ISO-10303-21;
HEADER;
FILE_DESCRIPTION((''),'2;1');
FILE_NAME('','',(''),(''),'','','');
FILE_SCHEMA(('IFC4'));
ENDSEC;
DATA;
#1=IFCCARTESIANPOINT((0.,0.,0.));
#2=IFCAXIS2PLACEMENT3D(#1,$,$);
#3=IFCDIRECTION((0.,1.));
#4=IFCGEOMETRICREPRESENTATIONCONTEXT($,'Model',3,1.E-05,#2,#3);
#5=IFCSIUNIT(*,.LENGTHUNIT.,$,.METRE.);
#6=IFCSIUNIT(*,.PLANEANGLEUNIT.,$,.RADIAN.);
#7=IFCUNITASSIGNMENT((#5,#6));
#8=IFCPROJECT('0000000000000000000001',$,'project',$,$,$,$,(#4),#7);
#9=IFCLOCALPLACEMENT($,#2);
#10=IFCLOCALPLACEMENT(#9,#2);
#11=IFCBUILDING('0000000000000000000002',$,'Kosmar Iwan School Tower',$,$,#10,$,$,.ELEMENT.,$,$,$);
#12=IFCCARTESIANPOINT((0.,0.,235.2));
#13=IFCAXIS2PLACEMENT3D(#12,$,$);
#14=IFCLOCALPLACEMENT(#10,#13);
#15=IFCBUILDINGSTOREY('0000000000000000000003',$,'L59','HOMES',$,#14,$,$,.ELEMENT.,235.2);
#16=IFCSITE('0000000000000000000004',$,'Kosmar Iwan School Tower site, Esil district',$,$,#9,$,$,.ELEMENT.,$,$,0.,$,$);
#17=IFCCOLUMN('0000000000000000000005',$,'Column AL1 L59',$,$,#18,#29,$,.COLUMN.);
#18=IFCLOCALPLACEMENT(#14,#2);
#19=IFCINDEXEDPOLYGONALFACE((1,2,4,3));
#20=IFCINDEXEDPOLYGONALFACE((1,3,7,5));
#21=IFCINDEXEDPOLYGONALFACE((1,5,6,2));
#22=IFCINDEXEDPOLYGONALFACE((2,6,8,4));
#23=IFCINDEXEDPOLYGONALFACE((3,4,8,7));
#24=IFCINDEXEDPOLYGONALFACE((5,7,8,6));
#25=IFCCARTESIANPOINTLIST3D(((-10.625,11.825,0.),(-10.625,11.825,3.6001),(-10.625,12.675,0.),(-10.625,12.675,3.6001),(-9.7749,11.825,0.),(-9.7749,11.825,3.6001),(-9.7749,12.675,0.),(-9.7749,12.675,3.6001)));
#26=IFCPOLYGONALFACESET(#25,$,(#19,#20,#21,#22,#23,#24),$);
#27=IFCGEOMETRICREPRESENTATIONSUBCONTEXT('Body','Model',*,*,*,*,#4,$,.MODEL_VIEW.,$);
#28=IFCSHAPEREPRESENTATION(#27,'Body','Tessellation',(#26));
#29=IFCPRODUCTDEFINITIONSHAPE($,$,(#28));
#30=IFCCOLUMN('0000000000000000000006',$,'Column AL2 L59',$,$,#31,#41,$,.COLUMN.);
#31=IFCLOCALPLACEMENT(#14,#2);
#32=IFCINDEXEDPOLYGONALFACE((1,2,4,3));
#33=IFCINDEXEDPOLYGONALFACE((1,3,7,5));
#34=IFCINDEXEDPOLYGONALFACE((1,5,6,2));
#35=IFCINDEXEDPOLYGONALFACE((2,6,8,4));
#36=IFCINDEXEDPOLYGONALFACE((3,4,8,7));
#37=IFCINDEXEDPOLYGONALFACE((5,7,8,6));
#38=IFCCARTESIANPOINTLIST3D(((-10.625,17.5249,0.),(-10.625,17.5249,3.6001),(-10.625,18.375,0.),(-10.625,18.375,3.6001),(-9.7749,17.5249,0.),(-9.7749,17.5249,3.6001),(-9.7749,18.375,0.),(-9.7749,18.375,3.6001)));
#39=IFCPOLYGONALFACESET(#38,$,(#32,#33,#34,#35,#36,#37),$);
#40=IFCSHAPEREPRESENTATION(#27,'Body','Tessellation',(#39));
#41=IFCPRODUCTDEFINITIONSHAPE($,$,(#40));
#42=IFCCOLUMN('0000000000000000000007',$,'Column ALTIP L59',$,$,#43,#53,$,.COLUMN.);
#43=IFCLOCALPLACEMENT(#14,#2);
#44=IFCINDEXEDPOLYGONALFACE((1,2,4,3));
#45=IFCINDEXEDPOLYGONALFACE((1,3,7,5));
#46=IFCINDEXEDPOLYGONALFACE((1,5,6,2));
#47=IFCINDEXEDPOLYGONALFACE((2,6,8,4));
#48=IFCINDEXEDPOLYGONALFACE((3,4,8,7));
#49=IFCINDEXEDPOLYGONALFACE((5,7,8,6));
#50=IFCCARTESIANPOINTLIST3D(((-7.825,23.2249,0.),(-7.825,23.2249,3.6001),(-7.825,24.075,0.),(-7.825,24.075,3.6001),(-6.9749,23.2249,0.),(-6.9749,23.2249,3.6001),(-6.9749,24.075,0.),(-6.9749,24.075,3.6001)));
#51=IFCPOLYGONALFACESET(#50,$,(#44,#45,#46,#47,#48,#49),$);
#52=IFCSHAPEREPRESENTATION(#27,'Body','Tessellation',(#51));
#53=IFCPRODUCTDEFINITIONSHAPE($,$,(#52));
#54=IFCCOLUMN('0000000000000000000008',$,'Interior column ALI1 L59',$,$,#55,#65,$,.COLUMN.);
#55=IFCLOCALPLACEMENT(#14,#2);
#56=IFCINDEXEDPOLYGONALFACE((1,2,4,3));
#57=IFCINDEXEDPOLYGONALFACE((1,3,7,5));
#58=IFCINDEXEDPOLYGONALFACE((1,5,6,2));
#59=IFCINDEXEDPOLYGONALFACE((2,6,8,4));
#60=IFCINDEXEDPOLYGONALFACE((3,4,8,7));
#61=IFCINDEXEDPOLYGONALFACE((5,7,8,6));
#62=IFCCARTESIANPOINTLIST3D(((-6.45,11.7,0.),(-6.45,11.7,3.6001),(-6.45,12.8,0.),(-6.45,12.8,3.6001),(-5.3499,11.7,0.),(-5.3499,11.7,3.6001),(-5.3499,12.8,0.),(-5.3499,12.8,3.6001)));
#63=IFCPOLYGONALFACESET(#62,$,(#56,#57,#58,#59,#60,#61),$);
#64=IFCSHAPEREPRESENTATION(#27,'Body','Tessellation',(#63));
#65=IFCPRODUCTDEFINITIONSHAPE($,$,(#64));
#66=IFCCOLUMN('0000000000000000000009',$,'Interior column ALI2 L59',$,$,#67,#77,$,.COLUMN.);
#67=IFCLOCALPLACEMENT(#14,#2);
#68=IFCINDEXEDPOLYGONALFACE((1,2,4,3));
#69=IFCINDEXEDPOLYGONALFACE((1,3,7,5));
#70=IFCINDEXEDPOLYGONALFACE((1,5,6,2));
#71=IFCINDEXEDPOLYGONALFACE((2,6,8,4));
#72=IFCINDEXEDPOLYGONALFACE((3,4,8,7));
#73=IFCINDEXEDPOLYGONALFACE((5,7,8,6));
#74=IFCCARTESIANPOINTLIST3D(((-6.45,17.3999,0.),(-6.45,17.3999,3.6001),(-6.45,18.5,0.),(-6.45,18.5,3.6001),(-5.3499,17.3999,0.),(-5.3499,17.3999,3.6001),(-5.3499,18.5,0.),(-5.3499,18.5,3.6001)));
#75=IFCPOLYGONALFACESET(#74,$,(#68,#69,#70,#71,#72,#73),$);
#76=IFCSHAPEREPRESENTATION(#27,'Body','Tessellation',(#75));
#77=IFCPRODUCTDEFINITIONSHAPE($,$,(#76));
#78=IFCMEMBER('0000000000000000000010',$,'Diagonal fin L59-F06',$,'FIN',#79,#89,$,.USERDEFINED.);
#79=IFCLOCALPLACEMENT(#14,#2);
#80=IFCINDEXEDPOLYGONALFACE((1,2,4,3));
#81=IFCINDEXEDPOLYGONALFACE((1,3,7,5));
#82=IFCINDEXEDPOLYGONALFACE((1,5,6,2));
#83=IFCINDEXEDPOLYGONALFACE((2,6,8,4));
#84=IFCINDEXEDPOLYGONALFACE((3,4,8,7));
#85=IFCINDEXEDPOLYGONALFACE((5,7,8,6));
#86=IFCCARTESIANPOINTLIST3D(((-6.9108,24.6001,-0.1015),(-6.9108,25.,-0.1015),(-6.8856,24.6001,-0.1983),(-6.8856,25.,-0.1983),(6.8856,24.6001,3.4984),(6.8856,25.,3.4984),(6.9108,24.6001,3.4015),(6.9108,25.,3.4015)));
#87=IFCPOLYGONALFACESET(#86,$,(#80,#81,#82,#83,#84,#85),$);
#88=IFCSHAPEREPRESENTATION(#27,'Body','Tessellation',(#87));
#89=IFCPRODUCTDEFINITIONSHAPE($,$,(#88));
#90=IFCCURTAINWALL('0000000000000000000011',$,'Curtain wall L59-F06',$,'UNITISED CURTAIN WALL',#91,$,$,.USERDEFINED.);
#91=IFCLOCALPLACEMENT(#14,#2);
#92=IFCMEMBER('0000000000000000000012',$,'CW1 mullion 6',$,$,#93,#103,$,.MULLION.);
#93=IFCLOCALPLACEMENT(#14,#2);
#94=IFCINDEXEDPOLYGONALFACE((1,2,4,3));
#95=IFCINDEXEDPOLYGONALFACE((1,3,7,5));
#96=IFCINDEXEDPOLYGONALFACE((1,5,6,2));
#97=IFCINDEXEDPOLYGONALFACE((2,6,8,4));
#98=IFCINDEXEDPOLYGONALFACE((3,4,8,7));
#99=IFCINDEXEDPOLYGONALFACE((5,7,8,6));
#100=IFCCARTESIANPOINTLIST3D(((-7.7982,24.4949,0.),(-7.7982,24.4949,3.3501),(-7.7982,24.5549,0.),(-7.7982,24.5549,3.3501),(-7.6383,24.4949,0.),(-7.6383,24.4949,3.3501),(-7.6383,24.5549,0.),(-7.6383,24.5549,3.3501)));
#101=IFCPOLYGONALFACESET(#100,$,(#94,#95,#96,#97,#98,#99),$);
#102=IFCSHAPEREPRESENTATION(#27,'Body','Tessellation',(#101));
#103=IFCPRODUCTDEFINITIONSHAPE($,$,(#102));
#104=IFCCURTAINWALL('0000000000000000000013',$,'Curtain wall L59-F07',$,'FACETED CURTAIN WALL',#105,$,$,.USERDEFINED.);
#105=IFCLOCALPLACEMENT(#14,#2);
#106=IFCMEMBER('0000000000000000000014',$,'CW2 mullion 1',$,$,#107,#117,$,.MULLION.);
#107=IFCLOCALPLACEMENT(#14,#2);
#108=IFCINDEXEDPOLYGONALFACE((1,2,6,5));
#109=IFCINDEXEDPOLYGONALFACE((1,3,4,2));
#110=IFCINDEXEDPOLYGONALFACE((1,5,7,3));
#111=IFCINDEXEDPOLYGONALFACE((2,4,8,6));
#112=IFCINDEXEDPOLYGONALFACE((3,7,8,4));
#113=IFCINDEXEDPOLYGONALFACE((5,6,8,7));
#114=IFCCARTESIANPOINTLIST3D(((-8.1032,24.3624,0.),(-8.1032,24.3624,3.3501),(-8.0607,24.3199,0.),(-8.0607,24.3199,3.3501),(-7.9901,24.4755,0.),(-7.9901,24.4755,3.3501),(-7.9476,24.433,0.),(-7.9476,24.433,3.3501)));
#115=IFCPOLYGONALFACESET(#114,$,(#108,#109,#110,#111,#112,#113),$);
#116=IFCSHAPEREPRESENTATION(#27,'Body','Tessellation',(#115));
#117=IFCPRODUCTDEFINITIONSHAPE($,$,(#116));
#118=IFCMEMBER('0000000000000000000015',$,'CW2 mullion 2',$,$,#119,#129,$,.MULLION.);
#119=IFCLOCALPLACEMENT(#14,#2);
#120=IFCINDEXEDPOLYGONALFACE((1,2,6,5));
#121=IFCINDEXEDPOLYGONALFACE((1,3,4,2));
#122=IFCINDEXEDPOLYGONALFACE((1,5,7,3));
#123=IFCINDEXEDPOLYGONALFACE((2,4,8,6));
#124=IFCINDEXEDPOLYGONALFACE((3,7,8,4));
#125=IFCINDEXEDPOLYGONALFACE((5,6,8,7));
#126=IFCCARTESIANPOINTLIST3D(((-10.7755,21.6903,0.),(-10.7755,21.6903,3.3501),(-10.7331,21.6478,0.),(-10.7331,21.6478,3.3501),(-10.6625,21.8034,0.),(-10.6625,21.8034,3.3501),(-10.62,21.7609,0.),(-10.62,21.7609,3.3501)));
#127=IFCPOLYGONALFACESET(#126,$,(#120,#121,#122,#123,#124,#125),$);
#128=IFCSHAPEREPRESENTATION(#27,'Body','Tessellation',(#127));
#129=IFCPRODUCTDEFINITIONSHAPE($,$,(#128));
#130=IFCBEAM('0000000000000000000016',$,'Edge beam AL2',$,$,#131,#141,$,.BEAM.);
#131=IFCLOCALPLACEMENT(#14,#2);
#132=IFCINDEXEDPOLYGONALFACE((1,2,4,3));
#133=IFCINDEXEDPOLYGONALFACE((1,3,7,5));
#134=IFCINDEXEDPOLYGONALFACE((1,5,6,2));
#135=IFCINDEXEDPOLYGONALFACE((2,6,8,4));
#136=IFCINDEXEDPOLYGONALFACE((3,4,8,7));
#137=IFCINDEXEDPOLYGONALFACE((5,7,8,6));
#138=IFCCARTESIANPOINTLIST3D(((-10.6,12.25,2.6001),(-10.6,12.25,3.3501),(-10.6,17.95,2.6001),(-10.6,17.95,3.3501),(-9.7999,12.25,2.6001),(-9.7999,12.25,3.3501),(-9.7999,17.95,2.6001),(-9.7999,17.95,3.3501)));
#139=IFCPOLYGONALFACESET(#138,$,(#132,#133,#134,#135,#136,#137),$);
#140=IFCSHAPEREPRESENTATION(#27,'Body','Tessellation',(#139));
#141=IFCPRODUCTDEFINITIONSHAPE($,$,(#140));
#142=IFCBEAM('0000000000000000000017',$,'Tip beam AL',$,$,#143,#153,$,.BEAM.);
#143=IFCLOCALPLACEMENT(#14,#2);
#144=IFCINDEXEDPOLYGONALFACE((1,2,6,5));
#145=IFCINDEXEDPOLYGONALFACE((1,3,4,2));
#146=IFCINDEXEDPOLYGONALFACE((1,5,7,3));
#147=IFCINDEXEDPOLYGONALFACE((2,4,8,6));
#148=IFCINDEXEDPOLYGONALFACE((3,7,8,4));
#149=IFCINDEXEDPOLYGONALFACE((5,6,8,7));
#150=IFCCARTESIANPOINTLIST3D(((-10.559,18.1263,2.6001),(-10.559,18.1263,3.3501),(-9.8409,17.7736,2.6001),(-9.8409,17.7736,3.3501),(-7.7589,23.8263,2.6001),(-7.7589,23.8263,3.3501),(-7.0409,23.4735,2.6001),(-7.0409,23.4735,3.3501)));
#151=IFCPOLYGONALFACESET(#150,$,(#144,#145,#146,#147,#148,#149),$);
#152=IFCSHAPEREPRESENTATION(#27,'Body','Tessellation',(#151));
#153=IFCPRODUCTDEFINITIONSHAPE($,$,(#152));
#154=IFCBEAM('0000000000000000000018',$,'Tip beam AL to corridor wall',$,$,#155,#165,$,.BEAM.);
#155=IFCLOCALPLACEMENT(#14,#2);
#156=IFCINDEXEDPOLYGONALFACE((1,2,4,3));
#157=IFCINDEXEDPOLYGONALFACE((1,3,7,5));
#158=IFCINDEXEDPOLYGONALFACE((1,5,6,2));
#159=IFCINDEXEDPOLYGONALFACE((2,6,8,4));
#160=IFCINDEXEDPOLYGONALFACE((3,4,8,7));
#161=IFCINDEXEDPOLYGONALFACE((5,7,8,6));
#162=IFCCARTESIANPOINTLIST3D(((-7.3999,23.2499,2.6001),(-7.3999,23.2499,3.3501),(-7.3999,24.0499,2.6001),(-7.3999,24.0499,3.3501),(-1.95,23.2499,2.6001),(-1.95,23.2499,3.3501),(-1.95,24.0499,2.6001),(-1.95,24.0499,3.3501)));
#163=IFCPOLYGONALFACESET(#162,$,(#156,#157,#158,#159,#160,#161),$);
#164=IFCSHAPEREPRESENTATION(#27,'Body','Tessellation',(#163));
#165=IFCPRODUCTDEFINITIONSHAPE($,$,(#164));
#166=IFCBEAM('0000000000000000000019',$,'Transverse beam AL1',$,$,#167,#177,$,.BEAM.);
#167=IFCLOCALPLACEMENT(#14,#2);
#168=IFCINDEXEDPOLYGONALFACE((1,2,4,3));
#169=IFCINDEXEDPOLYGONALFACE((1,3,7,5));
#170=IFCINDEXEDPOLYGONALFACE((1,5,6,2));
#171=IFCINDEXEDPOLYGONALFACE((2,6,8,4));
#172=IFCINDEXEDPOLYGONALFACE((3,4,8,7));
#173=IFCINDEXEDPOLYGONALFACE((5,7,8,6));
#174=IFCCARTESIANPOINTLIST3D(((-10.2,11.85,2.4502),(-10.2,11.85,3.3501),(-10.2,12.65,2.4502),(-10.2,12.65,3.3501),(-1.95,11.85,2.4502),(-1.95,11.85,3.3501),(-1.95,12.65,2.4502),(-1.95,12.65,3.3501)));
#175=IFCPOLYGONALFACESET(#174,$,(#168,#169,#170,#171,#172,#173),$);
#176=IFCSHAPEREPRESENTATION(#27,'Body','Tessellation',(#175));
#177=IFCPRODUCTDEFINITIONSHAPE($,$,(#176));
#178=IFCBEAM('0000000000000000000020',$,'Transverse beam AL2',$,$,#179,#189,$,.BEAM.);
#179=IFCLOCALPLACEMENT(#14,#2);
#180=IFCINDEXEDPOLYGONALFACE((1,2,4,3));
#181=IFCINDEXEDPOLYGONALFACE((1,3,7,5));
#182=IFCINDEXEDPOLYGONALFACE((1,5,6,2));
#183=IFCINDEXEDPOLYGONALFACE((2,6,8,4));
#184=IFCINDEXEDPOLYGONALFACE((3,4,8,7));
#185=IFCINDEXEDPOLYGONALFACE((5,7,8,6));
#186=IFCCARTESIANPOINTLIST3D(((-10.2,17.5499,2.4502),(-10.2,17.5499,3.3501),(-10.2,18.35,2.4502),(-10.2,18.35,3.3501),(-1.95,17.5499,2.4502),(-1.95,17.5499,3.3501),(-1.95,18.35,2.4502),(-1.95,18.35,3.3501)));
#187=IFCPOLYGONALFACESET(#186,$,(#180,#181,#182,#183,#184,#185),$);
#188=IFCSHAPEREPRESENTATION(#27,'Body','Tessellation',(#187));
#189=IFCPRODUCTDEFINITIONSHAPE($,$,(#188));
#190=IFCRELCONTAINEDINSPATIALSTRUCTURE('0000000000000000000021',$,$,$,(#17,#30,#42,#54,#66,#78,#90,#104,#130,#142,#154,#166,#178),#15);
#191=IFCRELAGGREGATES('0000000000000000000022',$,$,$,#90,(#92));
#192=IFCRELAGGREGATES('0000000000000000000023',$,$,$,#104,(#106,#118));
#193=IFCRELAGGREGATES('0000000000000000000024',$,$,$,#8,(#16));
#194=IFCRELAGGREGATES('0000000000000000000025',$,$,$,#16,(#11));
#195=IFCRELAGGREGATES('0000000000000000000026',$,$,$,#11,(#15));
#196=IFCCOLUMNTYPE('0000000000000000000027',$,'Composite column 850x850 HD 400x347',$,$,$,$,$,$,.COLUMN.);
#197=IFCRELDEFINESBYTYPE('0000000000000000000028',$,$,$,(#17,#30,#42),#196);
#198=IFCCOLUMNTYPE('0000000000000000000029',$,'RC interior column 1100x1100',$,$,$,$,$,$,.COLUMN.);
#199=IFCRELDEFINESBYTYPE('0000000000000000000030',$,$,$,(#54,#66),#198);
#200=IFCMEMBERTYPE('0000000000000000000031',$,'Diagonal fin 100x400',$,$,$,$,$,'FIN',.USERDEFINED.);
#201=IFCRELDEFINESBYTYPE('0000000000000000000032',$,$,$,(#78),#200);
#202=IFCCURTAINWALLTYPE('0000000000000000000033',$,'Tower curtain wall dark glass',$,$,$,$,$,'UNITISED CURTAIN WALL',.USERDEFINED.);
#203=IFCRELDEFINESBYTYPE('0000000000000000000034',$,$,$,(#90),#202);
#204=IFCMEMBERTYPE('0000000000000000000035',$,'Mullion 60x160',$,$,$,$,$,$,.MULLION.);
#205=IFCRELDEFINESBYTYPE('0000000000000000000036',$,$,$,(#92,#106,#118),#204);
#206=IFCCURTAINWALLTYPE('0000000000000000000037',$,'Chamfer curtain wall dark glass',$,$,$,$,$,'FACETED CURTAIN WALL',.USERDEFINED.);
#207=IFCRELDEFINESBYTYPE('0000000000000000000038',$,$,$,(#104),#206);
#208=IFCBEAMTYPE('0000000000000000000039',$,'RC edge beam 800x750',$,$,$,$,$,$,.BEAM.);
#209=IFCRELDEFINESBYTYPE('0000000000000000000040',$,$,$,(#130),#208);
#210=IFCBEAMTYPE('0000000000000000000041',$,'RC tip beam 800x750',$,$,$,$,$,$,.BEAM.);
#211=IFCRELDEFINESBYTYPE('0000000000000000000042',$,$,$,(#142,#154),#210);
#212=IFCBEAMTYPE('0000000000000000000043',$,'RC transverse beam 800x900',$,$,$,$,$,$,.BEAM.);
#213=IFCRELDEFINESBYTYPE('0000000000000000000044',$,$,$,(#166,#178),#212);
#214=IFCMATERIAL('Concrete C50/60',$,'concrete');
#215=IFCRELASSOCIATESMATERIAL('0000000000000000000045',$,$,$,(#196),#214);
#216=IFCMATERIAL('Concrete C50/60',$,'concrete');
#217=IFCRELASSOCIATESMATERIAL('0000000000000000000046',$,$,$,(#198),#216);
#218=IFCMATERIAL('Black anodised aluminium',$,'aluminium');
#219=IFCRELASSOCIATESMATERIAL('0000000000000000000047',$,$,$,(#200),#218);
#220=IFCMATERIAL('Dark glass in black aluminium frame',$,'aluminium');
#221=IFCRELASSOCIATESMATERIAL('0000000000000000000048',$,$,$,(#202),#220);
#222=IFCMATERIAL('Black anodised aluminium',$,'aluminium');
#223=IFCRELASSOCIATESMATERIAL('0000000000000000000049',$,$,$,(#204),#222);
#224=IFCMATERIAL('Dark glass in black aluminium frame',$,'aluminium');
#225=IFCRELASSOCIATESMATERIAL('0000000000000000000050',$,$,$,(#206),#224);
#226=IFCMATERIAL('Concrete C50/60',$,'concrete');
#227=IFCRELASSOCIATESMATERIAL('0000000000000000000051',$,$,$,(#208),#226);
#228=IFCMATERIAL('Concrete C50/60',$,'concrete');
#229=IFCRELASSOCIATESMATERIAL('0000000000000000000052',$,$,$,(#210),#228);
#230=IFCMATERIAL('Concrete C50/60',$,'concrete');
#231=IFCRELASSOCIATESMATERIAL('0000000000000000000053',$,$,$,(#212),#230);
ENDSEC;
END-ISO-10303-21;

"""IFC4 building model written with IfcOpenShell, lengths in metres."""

from ifc_helpers import new_model, si_unit, direction, frame, origin, origin_2d, place, context, subcontext, project, spatial, rectangle, extrude, material, material_profile, profile_set, type_object, element, aggregate, save


model = new_model("IFC4")

# Units and contexts
model_context = context("Model", 3, precision=1e-05, world=origin(), true_north=direction((0.0, 1.0)))
body_context = subcontext(model_context, "Body", "Model", "MODEL_VIEW")
ifc_project = project(units=[si_unit("LENGTHUNIT", "METRE"), si_unit("PLANEANGLEUNIT", "RADIAN")], contexts=[model_context])

# Site, building, storey
site_placement = place(None, origin())
site = spatial("IfcSite", under=ifc_project, at=site_placement, Name="Kosmar Iwan School Tower site, Esil district", CompositionType="ELEMENT", RefElevation=0.0)
building_placement = place(site_placement, origin())
building = spatial("IfcBuilding", under=site, at=building_placement, Name="Kosmar Iwan School Tower", CompositionType="ELEMENT")
storey_placement = place(building_placement, frame((0.0, 0.0, 235.2)))
storey = spatial("IfcBuildingStorey", under=building, at=storey_placement, Name="L59", Description="HOMES", CompositionType="ELEMENT", Elevation=235.2)

# Columns
ifc_material_1 = material(Name="Concrete C50/60", Category="concrete")
ifc_material_profile_1 = material_profile(ifc_material_1, rectangle(XDim=0.8501, YDim=0.8501, at=origin_2d()), Name="RC 850x850 + HD 400x347")
ifc_profile_set_1 = profile_set([ifc_material_profile_1], Name="Concrete C50/60")
column_type_1 = type_object("IfcColumnType", Name="Composite column 850x850 HD 400x347", PredefinedType="COLUMN", material=ifc_profile_set_1)
for number, where, z_axis, x_axis, name in (
    (1, (-10.2, 12.25, 0.0), (0.0, 0.0, 1.0), (0.0, 1.0, 0.0), "Column AL1 L59"),
    (2, (-10.2, 17.95, 0.0), (0.0, 0.0, 1.0), (0.0, 1.0, 0.0), "Column AL2 L59"),
    (3, (-7.3999, 23.6499, 0.0), (0.0, 0.0, 1.0), (0.0, 1.0, 0.0), "Column ALTIP L59"),
):
    element("IfcColumn", number, at=place(storey_placement, frame(where, z_axis=z_axis, x_axis=x_axis)), inside=storey, type_object=column_type_1, Name=name, PredefinedType="COLUMN", context=body_context, shape_type="SweptSolid", body=[
        extrude(rectangle(XDim=0.8501, YDim=0.8501, at=origin_2d()), origin(), (0.0, 0.0, 1.0), 3.6001),
    ])
ifc_material_2 = material(Name="Concrete C50/60", Category="concrete")
ifc_material_profile_2 = material_profile(ifc_material_2, rectangle(XDim=1.1001, YDim=1.1001, at=origin_2d()), Name="RC 1100x1100")
ifc_profile_set_2 = profile_set([ifc_material_profile_2], Name="Concrete C50/60")
column_type_2 = type_object("IfcColumnType", Name="RC interior column 1100x1100", PredefinedType="COLUMN", material=ifc_profile_set_2)
for number, where, z_axis, x_axis, name in (
    (4, (-5.8999, 12.25, 0.0), (0.0, 0.0, 1.0), (0.0, 1.0, 0.0), "Interior column ALI1 L59"),
    (5, (-5.8999, 17.95, 0.0), (0.0, 0.0, 1.0), (0.0, 1.0, 0.0), "Interior column ALI2 L59"),
):
    element("IfcColumn", number, at=place(storey_placement, frame(where, z_axis=z_axis, x_axis=x_axis)), inside=storey, type_object=column_type_2, Name=name, PredefinedType="COLUMN", context=body_context, shape_type="SweptSolid", body=[
        extrude(rectangle(XDim=1.1001, YDim=1.1001, at=origin_2d()), origin(), (0.0, 0.0, 1.0), 3.6001),
    ])

# Member
ifc_material_3 = material(Name="Black anodised aluminium", Category="aluminium")
ifc_material_profile_3 = material_profile(ifc_material_3, rectangle(XDim=0.1001, YDim=0.3999, at=origin_2d()), Name="FIN 100x400")
ifc_profile_set_3 = profile_set([ifc_material_profile_3], Name="Black anodised aluminium")
member_type_1 = type_object("IfcMemberType", Name="Diagonal fin 100x400", ElementType="FIN", PredefinedType="USERDEFINED", material=ifc_profile_set_3)
member_1_placement = place(storey_placement, frame((-6.8982, 24.8, -0.1499), z_axis=(0.967604, 0.0, 0.252474), x_axis=(-0.252474, 0.0, 0.967604)))
element("IfcMember", 6, at=member_1_placement, inside=storey, type_object=member_type_1, Name="Diagonal fin L59-F06", ObjectType="FIN", PredefinedType="USERDEFINED", context=body_context, shape_type="SweptSolid", body=[
    extrude(rectangle(XDim=0.1001, YDim=0.3999, at=origin_2d()), origin(), (0.0, 0.0, 1.0), 14.2583),
])

# Curtain wall, member
ifc_material_4 = material(Name="Dark glass in black aluminium frame", Category="aluminium")
curtain_wall_type_1 = type_object("IfcCurtainWallType", Name="Tower curtain wall dark glass", ElementType="UNITISED CURTAIN WALL", PredefinedType="USERDEFINED", material=ifc_material_4)
curtain_wall_1_placement = place(storey_placement, origin())
curtain_wall_1 = element("IfcCurtainWall", 7, at=curtain_wall_1_placement, inside=storey, type_object=curtain_wall_type_1, Name="Curtain wall L59-F06", ObjectType="UNITISED CURTAIN WALL", PredefinedType="USERDEFINED")
ifc_material_5 = material(Name="Black anodised aluminium", Category="aluminium")
ifc_material_profile_4 = material_profile(ifc_material_5, rectangle(XDim=0.0601, YDim=0.1599, at=origin_2d()), Name="MULLION 60x160")
ifc_profile_set_4 = profile_set([ifc_material_profile_4], Name="Black anodised aluminium")
member_type_2 = type_object("IfcMemberType", Name="Mullion 60x160", PredefinedType="MULLION", material=ifc_profile_set_4)
member_2_placement = place(storey_placement, frame((-7.7183, 24.5249, 0.0), z_axis=(0.0, 0.0, 1.0), x_axis=(0.0, -1.0, 0.0)))
member_2 = element("IfcMember", 8, at=member_2_placement, type_object=member_type_2, Name="CW1 mullion 6", PredefinedType="MULLION", context=body_context, shape_type="SweptSolid", body=[
    extrude(rectangle(XDim=0.0601, YDim=0.1599, at=origin_2d()), origin(), (0.0, 0.0, 1.0), 3.3501),
])

# Curtain wall, members
ifc_material_6 = material(Name="Dark glass in black aluminium frame", Category="aluminium")
curtain_wall_type_2 = type_object("IfcCurtainWallType", Name="Chamfer curtain wall dark glass", ElementType="FACETED CURTAIN WALL", PredefinedType="USERDEFINED", material=ifc_material_6)
curtain_wall_2_placement = place(storey_placement, origin())
curtain_wall_2 = element("IfcCurtainWall", 9, at=curtain_wall_2_placement, inside=storey, type_object=curtain_wall_type_2, Name="Curtain wall L59-F07", ObjectType="FACETED CURTAIN WALL", PredefinedType="USERDEFINED")
member_3_placement = place(storey_placement, frame((-8.0254, 24.3977, 0.0), z_axis=(0.0, 0.0, 1.0), x_axis=(0.707107, -0.707107, 0.0)))
member_3 = element("IfcMember", 10, at=member_3_placement, type_object=member_type_2, Name="CW2 mullion 1", PredefinedType="MULLION", context=body_context, shape_type="SweptSolid", body=[
    extrude(rectangle(XDim=0.0601, YDim=0.1599, at=origin_2d()), origin(), (0.0, 0.0, 1.0), 3.3501),
])
member_4_placement = place(storey_placement, frame((-10.6978, 21.7256, 0.0), z_axis=(0.0, 0.0, 1.0), x_axis=(0.707107, -0.707107, 0.0)))
member_4 = element("IfcMember", 11, at=member_4_placement, type_object=member_type_2, Name="CW2 mullion 2", PredefinedType="MULLION", context=body_context, shape_type="SweptSolid", body=[
    extrude(rectangle(XDim=0.0601, YDim=0.1599, at=origin_2d()), origin(), (0.0, 0.0, 1.0), 3.3501),
])

# Beams
ifc_material_7 = material(Name="Concrete C50/60", Category="concrete")
ifc_material_profile_5 = material_profile(ifc_material_7, rectangle(XDim=0.8, YDim=0.75, at=origin_2d()), Name="RC 800x750")
ifc_profile_set_5 = profile_set([ifc_material_profile_5], Name="Concrete C50/60")
beam_type_1 = type_object("IfcBeamType", Name="RC edge beam 800x750", PredefinedType="BEAM", material=ifc_profile_set_5)
beam_1_placement = place(storey_placement, frame((-10.2, 12.25, 2.9751), z_axis=(0.0, 1.0, 0.0), x_axis=(-1.0, 0.0, 0.0)))
element("IfcBeam", 12, at=beam_1_placement, inside=storey, type_object=beam_type_1, Name="Edge beam AL2", PredefinedType="BEAM", context=body_context, shape_type="SweptSolid", body=[
    extrude(rectangle(XDim=0.8, YDim=0.75, at=origin_2d()), origin(), (0.0, 0.0, 1.0), 5.7),
])
ifc_material_8 = material(Name="Concrete C50/60", Category="concrete")
ifc_material_profile_6 = material_profile(ifc_material_8, rectangle(XDim=0.8, YDim=0.75, at=origin_2d()), Name="RC 800x750")
ifc_profile_set_6 = profile_set([ifc_material_profile_6], Name="Concrete C50/60")
beam_type_2 = type_object("IfcBeamType", Name="RC tip beam 800x750", PredefinedType="BEAM", material=ifc_profile_set_6)
beam_2_placement = place(storey_placement, frame((-10.2, 17.95, 2.9751), z_axis=(0.440913, 0.89755, 0.0), x_axis=(-0.89755, 0.440913, 0.0)))
element("IfcBeam", 13, at=beam_2_placement, inside=storey, type_object=beam_type_2, Name="Tip beam AL", PredefinedType="BEAM", context=body_context, shape_type="SweptSolid", body=[
    extrude(rectangle(XDim=0.8, YDim=0.75, at=origin_2d()), origin(), (0.0, 0.0, 1.0), 6.3506),
])
beam_3_placement = place(storey_placement, frame((-7.3999, 23.6499, 2.9751), z_axis=(1.0, 0.0, 0.0), x_axis=(0.0, 1.0, 0.0)))
element("IfcBeam", 14, at=beam_3_placement, inside=storey, type_object=beam_type_2, Name="Tip beam AL to corridor wall", PredefinedType="BEAM", context=body_context, shape_type="SweptSolid", body=[
    extrude(rectangle(XDim=0.8, YDim=0.75, at=origin_2d()), origin(), (0.0, 0.0, 1.0), 5.45),
])
ifc_material_9 = material(Name="Concrete C50/60", Category="concrete")
ifc_material_profile_7 = material_profile(ifc_material_9, rectangle(XDim=0.8, YDim=0.8999, at=origin_2d()), Name="RC 800x900")
ifc_profile_set_7 = profile_set([ifc_material_profile_7], Name="Concrete C50/60")
beam_type_3 = type_object("IfcBeamType", Name="RC transverse beam 800x900", PredefinedType="BEAM", material=ifc_profile_set_7)
for number, where, z_axis, x_axis, name in (
    (15, (-10.2, 12.25, 2.9001), (1.0, 0.0, 0.0), (0.0, 1.0, 0.0), "Transverse beam AL1"),
    (16, (-10.2, 17.95, 2.9001), (1.0, 0.0, 0.0), (0.0, 1.0, 0.0), "Transverse beam AL2"),
):
    element("IfcBeam", number, at=place(storey_placement, frame(where, z_axis=z_axis, x_axis=x_axis)), inside=storey, type_object=beam_type_3, Name=name, PredefinedType="BEAM", context=body_context, shape_type="SweptSolid", body=[
        extrude(rectangle(XDim=0.8, YDim=0.8999, at=origin_2d()), origin(), (0.0, 0.0, 1.0), 8.25),
    ])

aggregate(curtain_wall_1, [member_2])
aggregate(curtain_wall_2, [member_3, member_4])

save(model, "model.ifc")
